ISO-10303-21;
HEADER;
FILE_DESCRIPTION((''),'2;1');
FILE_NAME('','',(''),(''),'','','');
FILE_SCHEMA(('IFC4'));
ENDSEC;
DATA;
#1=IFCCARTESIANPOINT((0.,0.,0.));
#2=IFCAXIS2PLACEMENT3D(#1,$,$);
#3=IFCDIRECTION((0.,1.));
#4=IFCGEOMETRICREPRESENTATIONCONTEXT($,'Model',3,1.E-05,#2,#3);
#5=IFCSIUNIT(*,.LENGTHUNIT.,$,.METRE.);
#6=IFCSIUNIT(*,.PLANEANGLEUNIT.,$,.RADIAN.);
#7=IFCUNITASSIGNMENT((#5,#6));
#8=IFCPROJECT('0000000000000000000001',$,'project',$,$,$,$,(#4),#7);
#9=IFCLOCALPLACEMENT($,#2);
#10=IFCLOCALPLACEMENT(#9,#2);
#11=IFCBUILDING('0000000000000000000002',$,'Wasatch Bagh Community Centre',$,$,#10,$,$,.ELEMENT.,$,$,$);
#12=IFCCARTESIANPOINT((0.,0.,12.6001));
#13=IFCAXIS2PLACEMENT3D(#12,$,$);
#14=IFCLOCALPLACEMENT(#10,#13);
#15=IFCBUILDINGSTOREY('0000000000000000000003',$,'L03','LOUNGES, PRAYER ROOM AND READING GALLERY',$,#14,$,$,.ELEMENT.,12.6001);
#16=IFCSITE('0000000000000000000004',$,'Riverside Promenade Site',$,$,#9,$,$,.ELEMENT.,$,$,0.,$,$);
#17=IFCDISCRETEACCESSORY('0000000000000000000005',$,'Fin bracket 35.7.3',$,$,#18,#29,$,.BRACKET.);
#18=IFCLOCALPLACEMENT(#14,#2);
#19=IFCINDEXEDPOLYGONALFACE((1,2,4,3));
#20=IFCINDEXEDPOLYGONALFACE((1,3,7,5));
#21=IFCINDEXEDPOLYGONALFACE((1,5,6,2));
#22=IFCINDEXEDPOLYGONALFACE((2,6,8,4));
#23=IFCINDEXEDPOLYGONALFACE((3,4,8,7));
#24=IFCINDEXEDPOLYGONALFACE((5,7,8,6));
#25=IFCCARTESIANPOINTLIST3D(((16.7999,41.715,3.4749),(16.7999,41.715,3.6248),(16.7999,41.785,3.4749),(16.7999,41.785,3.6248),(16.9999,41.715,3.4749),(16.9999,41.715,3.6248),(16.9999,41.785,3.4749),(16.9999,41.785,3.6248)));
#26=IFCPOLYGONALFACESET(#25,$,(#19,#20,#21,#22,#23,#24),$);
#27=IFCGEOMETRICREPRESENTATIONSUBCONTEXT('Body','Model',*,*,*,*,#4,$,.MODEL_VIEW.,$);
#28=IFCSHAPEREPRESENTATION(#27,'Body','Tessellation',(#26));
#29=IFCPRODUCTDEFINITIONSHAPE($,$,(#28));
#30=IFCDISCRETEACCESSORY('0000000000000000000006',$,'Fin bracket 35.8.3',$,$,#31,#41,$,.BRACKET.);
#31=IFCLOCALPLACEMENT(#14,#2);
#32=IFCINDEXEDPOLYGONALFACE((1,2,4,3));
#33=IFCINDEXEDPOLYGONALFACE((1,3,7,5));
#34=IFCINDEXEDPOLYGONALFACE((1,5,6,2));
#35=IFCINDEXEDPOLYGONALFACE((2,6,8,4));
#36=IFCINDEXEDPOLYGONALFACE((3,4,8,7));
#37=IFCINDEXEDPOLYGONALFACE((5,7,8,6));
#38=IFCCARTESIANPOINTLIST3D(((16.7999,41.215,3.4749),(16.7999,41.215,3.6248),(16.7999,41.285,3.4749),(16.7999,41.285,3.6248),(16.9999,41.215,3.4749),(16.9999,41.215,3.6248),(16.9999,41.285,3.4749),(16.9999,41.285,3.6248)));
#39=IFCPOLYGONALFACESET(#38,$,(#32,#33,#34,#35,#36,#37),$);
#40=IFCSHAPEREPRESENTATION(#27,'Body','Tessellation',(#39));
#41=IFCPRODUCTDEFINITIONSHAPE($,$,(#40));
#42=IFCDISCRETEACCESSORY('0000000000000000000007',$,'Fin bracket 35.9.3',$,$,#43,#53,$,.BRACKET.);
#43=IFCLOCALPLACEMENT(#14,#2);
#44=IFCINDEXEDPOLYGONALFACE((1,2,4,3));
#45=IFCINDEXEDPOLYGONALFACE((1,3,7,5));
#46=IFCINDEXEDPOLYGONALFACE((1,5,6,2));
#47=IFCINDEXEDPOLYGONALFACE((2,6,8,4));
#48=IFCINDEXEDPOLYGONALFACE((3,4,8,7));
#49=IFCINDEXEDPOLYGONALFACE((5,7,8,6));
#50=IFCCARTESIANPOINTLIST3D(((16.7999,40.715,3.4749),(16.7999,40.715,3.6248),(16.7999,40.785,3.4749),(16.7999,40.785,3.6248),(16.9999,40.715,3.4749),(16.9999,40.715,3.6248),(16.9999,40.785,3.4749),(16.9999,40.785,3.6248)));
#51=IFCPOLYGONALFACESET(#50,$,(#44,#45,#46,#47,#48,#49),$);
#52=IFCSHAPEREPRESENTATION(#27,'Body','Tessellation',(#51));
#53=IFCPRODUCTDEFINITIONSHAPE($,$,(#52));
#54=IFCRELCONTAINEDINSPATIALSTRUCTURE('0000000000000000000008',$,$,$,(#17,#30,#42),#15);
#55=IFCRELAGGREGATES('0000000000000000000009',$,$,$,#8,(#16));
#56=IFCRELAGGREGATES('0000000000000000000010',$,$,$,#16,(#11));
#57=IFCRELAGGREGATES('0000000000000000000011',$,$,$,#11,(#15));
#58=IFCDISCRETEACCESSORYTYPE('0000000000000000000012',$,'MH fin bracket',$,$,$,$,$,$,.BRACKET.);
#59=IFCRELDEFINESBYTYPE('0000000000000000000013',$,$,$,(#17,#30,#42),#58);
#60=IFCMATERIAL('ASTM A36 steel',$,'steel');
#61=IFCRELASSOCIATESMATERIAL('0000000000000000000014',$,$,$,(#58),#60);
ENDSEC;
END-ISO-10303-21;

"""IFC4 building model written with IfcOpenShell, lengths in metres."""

from ifc_helpers import new_model, si_unit, direction, frame, origin, origin_2d, place, context, subcontext, project, spatial, rectangle, extrude, material, type_object, element, save


model = new_model("IFC4")

# Units and contexts
model_context = context("Model", 3, precision=1e-05, world=origin(), true_north=direction((0.0, 1.0)))
body_context = subcontext(model_context, "Body", "Model", "MODEL_VIEW")
ifc_project = project(units=[si_unit("LENGTHUNIT", "METRE"), si_unit("PLANEANGLEUNIT", "RADIAN")], contexts=[model_context])

# Site, building, storey
site_placement = place(None, origin())
site = spatial("IfcSite", under=ifc_project, at=site_placement, Name="Riverside Promenade Site", CompositionType="ELEMENT", RefElevation=0.0)
building_placement = place(site_placement, origin())
building = spatial("IfcBuilding", under=site, at=building_placement, Name="Wasatch Bagh Community Centre", CompositionType="ELEMENT")
storey_placement = place(building_placement, frame((0.0, 0.0, 12.6001)))
storey = spatial("IfcBuildingStorey", under=building, at=storey_placement, Name="L03", Description="LOUNGES, PRAYER ROOM AND READING GALLERY", CompositionType="ELEMENT", Elevation=12.6001)

# Discrete accessories
ifc_material_1 = material(Name="ASTM A36 steel", Category="steel")
discrete_accessory_type = type_object("IfcDiscreteAccessoryType", Name="MH fin bracket", PredefinedType="BRACKET", material=ifc_material_1)
for number, where, z_axis, x_axis, name in (
    (1, (16.8999, 41.75, 3.4749), (0.0, 0.0, 1.0), (0.0, -1.0, 0.0), "Fin bracket 35.7.3"),
    (2, (16.8999, 41.25, 3.4749), (0.0, 0.0, 1.0), (0.0, -1.0, 0.0), "Fin bracket 35.8.3"),
    (3, (16.8999, 40.75, 3.4749), (0.0, 0.0, 1.0), (0.0, -1.0, 0.0), "Fin bracket 35.9.3"),
):
    element("IfcDiscreteAccessory", number, at=place(storey_placement, frame(where, z_axis=z_axis, x_axis=x_axis)), inside=storey, type_object=discrete_accessory_type, Name=name, PredefinedType="BRACKET", context=body_context, shape_type="SweptSolid", body=[
        extrude(rectangle(XDim=0.0701, YDim=0.2, at=origin_2d()), origin(), (0.0, 0.0, 1.0), 0.1499),
    ])

save(model, "model.ifc")
